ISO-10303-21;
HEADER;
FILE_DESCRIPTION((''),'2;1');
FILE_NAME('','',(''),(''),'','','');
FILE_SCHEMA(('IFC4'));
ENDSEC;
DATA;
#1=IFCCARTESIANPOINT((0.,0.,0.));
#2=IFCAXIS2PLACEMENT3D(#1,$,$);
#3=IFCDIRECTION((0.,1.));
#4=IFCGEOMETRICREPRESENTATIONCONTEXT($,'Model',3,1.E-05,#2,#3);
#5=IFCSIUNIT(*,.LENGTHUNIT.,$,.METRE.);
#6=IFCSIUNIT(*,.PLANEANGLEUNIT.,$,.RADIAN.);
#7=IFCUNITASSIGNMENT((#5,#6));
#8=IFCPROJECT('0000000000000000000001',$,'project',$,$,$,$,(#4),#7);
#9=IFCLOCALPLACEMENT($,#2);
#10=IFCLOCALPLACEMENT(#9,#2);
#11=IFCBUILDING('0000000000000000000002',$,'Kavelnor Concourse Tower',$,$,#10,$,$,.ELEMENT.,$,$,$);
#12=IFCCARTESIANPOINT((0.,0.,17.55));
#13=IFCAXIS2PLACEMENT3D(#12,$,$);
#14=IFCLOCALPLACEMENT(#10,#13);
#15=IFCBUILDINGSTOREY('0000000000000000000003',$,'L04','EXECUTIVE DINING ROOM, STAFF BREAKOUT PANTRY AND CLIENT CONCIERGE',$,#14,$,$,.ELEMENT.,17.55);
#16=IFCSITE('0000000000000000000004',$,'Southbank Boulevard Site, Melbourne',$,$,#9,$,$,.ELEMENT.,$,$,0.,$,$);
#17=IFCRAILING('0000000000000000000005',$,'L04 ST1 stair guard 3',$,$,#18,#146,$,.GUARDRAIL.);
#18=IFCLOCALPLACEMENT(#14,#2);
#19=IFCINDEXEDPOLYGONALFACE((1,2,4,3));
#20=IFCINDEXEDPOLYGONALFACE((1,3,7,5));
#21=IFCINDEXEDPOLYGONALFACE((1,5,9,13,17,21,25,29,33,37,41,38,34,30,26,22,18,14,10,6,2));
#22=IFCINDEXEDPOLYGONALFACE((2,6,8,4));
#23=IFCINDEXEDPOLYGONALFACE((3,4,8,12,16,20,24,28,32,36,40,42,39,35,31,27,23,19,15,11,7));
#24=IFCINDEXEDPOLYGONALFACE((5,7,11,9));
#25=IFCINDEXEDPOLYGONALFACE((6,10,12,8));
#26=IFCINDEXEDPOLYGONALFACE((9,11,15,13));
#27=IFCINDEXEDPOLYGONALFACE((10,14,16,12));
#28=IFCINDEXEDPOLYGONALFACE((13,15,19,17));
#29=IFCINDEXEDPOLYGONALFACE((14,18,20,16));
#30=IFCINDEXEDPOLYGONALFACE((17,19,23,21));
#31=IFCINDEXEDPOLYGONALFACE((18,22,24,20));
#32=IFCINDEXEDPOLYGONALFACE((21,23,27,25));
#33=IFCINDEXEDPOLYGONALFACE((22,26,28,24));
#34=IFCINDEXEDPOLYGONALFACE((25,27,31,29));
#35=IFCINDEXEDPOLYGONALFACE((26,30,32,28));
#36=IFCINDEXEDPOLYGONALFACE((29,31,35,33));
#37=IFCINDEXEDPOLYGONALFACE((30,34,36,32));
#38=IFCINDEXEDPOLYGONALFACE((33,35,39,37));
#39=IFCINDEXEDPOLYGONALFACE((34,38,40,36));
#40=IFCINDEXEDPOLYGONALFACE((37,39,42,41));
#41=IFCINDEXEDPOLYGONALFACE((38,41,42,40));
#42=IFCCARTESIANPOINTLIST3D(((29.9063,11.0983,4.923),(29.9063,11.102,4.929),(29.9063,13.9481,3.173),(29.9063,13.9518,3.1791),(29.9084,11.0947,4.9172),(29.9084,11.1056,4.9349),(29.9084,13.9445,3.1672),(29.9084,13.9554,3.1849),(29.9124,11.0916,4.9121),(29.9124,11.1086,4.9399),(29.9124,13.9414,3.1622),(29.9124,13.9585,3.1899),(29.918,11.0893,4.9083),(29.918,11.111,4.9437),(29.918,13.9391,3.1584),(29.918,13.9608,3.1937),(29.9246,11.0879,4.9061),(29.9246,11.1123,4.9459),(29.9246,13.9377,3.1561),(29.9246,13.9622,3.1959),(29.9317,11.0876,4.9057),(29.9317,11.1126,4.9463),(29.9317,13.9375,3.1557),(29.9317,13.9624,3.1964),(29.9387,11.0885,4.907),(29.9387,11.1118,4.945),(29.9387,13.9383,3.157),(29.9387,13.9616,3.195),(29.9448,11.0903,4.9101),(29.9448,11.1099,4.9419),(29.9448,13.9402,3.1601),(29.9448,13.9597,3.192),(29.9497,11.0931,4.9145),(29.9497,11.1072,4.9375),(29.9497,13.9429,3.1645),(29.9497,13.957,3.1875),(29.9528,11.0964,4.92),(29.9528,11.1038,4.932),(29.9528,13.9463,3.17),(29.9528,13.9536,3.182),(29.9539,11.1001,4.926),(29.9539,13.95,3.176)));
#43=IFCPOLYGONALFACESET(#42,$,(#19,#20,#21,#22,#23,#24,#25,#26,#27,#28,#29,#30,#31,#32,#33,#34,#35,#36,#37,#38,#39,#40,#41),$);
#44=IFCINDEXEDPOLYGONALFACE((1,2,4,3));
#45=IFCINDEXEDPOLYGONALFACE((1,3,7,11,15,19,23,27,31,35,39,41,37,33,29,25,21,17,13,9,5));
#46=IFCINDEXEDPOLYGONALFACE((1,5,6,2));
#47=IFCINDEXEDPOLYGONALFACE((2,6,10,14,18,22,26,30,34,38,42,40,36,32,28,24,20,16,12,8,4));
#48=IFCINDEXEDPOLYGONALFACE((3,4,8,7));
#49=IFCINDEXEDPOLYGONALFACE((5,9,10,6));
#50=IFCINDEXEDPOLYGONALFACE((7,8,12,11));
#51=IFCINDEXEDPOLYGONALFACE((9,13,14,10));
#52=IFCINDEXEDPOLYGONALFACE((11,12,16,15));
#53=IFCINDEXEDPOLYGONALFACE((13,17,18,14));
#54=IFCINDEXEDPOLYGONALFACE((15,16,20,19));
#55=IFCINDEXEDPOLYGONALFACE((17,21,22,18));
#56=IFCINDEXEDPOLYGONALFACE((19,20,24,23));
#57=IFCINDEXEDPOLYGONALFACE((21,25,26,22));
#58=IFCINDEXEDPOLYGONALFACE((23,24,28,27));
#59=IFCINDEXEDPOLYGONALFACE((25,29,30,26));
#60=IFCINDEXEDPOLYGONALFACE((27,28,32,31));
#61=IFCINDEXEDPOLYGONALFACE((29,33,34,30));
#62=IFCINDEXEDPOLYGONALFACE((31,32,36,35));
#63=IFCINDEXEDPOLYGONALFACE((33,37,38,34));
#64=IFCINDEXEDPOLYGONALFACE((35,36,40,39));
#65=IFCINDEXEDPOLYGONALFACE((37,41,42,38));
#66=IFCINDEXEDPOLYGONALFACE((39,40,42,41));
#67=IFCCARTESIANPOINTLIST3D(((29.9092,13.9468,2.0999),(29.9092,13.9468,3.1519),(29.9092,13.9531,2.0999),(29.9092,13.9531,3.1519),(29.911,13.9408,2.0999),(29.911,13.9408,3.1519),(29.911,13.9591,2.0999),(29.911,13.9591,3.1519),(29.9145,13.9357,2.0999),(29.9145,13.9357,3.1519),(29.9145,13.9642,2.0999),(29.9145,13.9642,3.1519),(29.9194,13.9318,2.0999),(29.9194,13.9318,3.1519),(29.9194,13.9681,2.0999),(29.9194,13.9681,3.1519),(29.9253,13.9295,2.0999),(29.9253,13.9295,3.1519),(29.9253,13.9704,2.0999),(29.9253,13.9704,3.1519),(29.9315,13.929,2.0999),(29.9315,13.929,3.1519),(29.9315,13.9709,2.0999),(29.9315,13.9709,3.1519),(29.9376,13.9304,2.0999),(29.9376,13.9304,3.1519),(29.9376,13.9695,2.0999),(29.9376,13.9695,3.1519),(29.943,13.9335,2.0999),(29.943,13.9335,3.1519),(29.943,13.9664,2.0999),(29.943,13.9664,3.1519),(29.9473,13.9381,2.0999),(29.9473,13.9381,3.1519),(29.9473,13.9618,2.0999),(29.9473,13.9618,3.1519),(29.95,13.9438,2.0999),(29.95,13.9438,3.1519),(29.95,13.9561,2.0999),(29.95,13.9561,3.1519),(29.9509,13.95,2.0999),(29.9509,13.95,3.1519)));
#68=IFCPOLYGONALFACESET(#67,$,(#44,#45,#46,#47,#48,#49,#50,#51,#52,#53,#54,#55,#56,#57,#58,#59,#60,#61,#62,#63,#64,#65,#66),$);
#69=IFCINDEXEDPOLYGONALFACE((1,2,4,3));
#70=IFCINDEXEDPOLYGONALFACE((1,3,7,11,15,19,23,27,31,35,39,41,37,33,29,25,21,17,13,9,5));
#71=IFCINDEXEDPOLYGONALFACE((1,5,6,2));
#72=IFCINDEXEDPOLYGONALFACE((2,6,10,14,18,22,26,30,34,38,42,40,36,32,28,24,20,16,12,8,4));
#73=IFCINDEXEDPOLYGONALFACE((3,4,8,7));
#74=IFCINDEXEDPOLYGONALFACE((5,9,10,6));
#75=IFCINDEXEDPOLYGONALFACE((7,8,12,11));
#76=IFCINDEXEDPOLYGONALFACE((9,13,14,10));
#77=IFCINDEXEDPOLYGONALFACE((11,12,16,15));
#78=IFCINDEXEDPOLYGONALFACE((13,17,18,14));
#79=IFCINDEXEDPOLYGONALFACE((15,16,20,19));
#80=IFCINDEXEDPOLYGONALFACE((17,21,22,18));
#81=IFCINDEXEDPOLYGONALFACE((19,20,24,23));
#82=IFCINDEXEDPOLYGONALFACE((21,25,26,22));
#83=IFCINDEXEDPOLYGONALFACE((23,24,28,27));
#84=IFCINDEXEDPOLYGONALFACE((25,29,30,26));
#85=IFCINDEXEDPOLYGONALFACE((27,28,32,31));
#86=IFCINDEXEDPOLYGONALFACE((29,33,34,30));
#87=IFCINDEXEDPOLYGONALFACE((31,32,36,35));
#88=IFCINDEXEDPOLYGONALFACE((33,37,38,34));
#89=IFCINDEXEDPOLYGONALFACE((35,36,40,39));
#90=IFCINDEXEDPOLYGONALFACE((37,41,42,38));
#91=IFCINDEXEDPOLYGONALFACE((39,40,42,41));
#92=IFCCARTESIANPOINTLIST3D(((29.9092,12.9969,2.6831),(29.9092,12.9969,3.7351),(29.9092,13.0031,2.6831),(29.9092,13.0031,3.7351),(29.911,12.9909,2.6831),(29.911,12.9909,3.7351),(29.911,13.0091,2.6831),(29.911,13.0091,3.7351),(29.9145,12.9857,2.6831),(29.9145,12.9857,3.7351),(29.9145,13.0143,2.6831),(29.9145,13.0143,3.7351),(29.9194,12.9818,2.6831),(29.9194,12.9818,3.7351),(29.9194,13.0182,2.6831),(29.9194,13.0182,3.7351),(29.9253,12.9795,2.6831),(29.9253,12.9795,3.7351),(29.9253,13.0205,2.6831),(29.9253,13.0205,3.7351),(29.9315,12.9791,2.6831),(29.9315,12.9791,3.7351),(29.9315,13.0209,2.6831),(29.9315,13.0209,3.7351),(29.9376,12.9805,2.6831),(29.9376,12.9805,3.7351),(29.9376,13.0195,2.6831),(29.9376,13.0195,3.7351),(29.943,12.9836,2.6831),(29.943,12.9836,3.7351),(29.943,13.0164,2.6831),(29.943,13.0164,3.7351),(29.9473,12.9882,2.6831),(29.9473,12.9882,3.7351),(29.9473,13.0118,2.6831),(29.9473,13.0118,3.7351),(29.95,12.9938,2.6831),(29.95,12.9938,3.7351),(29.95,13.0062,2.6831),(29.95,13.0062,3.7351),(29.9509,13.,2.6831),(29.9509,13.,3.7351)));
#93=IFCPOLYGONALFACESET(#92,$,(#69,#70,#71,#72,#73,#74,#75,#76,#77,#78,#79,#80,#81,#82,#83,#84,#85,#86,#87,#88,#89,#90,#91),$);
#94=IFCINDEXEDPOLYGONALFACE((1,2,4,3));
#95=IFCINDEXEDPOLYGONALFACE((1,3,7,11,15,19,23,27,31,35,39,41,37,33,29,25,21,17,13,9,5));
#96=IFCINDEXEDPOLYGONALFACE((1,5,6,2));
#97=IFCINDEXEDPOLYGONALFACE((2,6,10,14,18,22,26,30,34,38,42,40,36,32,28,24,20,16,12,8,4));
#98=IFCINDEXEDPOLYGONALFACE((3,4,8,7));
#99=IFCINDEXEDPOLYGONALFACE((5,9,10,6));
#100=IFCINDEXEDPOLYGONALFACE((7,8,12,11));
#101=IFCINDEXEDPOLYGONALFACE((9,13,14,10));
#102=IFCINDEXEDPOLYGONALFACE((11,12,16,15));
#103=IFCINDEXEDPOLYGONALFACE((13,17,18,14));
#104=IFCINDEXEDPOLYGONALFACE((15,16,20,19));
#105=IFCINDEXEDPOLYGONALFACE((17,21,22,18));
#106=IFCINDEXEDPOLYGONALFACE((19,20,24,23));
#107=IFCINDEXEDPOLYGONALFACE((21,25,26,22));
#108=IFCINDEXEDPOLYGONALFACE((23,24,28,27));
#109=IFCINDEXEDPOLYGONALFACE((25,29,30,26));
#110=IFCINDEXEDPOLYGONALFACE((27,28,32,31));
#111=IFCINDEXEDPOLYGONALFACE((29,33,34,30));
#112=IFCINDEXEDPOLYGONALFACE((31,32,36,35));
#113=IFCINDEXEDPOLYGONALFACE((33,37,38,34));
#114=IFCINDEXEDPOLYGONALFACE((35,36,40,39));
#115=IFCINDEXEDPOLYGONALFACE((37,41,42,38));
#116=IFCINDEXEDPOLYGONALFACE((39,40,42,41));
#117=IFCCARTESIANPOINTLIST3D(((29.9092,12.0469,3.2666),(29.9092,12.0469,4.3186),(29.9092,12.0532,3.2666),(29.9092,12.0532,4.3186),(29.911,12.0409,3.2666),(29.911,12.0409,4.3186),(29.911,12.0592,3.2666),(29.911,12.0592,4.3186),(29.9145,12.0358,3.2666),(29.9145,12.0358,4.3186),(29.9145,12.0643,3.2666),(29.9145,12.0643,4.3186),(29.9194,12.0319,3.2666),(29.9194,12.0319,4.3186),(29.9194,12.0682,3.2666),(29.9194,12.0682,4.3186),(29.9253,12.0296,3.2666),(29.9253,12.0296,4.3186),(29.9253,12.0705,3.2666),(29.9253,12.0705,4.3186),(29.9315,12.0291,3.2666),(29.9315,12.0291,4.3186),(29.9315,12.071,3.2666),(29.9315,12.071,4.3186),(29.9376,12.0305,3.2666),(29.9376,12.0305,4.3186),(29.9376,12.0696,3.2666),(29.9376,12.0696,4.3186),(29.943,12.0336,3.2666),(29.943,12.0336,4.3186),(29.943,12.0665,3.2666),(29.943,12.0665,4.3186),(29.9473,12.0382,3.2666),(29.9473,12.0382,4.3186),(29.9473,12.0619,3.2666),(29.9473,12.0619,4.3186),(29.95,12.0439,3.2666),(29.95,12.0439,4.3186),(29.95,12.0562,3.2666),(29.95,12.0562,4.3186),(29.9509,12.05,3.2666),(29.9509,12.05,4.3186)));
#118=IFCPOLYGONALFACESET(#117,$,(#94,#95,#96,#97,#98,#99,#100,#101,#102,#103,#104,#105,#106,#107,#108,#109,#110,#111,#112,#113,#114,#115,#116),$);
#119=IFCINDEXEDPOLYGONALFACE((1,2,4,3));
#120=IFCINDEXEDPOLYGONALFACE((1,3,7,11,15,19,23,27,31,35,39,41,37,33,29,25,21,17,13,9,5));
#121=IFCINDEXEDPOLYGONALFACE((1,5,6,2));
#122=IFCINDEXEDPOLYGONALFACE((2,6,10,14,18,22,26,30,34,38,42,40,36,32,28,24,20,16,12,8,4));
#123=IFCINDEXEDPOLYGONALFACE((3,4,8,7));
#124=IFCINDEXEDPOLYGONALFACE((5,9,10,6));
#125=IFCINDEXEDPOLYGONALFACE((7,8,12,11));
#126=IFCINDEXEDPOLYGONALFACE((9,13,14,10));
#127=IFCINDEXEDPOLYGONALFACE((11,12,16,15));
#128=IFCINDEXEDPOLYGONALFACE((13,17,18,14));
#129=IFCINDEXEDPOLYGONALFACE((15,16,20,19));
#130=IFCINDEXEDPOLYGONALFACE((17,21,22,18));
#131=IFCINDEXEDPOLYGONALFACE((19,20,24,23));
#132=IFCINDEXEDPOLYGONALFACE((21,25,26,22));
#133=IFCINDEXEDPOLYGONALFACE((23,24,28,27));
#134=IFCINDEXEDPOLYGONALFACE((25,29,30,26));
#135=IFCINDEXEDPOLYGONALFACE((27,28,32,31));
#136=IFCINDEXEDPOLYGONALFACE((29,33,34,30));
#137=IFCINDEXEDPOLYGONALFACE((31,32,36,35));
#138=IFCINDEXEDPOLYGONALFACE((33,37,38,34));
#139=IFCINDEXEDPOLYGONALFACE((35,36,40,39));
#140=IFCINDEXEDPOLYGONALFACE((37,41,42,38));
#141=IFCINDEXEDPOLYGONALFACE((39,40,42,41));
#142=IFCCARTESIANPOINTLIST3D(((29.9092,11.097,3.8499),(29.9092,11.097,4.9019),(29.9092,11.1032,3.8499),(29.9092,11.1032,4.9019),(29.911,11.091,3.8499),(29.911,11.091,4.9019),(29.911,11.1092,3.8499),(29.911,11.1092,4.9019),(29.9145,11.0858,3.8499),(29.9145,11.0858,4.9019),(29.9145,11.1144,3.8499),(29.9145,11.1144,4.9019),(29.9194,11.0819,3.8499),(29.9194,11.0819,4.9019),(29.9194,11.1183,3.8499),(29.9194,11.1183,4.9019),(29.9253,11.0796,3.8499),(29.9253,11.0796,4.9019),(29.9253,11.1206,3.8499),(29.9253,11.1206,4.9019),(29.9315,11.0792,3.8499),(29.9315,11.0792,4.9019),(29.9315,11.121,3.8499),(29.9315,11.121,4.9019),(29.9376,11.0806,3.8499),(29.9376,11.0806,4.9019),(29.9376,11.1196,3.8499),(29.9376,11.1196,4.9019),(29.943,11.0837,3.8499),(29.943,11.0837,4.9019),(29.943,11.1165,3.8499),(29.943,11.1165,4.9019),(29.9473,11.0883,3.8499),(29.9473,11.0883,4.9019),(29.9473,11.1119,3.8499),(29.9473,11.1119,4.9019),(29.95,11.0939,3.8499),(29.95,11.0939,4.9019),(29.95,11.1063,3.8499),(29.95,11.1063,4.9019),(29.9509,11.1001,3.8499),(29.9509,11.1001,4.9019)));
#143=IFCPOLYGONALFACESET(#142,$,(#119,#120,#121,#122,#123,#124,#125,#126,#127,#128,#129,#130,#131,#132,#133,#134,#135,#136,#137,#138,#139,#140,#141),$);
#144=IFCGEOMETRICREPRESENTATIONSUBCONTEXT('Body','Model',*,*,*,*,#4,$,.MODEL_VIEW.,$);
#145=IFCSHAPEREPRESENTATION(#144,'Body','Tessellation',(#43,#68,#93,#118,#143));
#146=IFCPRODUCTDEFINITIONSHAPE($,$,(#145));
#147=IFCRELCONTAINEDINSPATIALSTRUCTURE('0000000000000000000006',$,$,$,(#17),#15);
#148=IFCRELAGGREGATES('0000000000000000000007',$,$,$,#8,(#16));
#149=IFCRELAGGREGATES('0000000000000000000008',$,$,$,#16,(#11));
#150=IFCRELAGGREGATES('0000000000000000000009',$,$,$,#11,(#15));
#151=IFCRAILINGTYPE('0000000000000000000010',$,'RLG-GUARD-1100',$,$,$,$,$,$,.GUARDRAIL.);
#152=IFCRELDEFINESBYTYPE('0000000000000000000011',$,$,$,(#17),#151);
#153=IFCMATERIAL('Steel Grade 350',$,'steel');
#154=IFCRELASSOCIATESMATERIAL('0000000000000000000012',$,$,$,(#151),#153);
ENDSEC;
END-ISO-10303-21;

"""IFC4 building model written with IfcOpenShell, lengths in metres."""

from ifc_helpers import new_model, si_unit, direction, frame, origin, origin_2d, place, context, subcontext, project, spatial, circle, extrude, material, type_object, element, save


model = new_model("IFC4")

# Units and contexts
model_context = context("Model", 3, precision=1e-05, world=origin(), true_north=direction((0.0, 1.0)))
body_context = subcontext(model_context, "Body", "Model", "MODEL_VIEW")
ifc_project = project(units=[si_unit("LENGTHUNIT", "METRE"), si_unit("PLANEANGLEUNIT", "RADIAN")], contexts=[model_context])

# Site, building, storey
site_placement = place(None, origin())
site = spatial("IfcSite", under=ifc_project, at=site_placement, Name="Southbank Boulevard Site, Melbourne", CompositionType="ELEMENT", RefElevation=0.0)
building_placement = place(site_placement, origin())
building = spatial("IfcBuilding", under=site, at=building_placement, Name="Kavelnor Concourse Tower", CompositionType="ELEMENT")
storey_placement = place(building_placement, frame((0.0, 0.0, 17.55)))
storey = spatial("IfcBuildingStorey", under=building, at=storey_placement, Name="L04", Description="EXECUTIVE DINING ROOM, STAFF BREAKOUT PANTRY AND CLIENT CONCIERGE", CompositionType="ELEMENT", Elevation=17.55)

# Shared definitions
ifc_material_1 = material(Name="Steel Grade 350", Category="steel")

# Railing
railing_type_1 = type_object("IfcRailingType", Name="RLG-GUARD-1100", PredefinedType="GUARDRAIL", material=ifc_material_1)
railing_1_placement = place(storey_placement, frame((29.9299, 13.95, 2.0999)))
element("IfcRailing", 1, at=railing_1_placement, inside=storey, type_object=railing_type_1, Name="L04 ST1 stair guard 3", PredefinedType="GUARDRAIL", context=body_context, shape_type="SweptSolid", body=[
    extrude(circle(Radius=0.0239, at=origin_2d()), frame((0.0, 0.0, 1.0762), z_axis=(0.0, -0.852159, 0.523283), x_axis=(1.0, 0.0, 0.0)), (0.0, 0.0, 1.0), 3.3442),
    extrude(circle(Radius=0.021, at=origin_2d()), origin(), (0.0, 0.0, 1.0), 1.052),
    extrude(circle(Radius=0.021, at=origin_2d()), frame((0.0, -0.95, 0.5833)), (0.0, 0.0, 1.0), 1.052),
    extrude(circle(Radius=0.021, at=origin_2d()), frame((0.0, -1.8999, 1.1667)), (0.0, 0.0, 1.0), 1.052),
    extrude(circle(Radius=0.021, at=origin_2d()), frame((0.0, -2.8499, 1.75)), (0.0, 0.0, 1.0), 1.052),
])

save(model, "model.ifc")
